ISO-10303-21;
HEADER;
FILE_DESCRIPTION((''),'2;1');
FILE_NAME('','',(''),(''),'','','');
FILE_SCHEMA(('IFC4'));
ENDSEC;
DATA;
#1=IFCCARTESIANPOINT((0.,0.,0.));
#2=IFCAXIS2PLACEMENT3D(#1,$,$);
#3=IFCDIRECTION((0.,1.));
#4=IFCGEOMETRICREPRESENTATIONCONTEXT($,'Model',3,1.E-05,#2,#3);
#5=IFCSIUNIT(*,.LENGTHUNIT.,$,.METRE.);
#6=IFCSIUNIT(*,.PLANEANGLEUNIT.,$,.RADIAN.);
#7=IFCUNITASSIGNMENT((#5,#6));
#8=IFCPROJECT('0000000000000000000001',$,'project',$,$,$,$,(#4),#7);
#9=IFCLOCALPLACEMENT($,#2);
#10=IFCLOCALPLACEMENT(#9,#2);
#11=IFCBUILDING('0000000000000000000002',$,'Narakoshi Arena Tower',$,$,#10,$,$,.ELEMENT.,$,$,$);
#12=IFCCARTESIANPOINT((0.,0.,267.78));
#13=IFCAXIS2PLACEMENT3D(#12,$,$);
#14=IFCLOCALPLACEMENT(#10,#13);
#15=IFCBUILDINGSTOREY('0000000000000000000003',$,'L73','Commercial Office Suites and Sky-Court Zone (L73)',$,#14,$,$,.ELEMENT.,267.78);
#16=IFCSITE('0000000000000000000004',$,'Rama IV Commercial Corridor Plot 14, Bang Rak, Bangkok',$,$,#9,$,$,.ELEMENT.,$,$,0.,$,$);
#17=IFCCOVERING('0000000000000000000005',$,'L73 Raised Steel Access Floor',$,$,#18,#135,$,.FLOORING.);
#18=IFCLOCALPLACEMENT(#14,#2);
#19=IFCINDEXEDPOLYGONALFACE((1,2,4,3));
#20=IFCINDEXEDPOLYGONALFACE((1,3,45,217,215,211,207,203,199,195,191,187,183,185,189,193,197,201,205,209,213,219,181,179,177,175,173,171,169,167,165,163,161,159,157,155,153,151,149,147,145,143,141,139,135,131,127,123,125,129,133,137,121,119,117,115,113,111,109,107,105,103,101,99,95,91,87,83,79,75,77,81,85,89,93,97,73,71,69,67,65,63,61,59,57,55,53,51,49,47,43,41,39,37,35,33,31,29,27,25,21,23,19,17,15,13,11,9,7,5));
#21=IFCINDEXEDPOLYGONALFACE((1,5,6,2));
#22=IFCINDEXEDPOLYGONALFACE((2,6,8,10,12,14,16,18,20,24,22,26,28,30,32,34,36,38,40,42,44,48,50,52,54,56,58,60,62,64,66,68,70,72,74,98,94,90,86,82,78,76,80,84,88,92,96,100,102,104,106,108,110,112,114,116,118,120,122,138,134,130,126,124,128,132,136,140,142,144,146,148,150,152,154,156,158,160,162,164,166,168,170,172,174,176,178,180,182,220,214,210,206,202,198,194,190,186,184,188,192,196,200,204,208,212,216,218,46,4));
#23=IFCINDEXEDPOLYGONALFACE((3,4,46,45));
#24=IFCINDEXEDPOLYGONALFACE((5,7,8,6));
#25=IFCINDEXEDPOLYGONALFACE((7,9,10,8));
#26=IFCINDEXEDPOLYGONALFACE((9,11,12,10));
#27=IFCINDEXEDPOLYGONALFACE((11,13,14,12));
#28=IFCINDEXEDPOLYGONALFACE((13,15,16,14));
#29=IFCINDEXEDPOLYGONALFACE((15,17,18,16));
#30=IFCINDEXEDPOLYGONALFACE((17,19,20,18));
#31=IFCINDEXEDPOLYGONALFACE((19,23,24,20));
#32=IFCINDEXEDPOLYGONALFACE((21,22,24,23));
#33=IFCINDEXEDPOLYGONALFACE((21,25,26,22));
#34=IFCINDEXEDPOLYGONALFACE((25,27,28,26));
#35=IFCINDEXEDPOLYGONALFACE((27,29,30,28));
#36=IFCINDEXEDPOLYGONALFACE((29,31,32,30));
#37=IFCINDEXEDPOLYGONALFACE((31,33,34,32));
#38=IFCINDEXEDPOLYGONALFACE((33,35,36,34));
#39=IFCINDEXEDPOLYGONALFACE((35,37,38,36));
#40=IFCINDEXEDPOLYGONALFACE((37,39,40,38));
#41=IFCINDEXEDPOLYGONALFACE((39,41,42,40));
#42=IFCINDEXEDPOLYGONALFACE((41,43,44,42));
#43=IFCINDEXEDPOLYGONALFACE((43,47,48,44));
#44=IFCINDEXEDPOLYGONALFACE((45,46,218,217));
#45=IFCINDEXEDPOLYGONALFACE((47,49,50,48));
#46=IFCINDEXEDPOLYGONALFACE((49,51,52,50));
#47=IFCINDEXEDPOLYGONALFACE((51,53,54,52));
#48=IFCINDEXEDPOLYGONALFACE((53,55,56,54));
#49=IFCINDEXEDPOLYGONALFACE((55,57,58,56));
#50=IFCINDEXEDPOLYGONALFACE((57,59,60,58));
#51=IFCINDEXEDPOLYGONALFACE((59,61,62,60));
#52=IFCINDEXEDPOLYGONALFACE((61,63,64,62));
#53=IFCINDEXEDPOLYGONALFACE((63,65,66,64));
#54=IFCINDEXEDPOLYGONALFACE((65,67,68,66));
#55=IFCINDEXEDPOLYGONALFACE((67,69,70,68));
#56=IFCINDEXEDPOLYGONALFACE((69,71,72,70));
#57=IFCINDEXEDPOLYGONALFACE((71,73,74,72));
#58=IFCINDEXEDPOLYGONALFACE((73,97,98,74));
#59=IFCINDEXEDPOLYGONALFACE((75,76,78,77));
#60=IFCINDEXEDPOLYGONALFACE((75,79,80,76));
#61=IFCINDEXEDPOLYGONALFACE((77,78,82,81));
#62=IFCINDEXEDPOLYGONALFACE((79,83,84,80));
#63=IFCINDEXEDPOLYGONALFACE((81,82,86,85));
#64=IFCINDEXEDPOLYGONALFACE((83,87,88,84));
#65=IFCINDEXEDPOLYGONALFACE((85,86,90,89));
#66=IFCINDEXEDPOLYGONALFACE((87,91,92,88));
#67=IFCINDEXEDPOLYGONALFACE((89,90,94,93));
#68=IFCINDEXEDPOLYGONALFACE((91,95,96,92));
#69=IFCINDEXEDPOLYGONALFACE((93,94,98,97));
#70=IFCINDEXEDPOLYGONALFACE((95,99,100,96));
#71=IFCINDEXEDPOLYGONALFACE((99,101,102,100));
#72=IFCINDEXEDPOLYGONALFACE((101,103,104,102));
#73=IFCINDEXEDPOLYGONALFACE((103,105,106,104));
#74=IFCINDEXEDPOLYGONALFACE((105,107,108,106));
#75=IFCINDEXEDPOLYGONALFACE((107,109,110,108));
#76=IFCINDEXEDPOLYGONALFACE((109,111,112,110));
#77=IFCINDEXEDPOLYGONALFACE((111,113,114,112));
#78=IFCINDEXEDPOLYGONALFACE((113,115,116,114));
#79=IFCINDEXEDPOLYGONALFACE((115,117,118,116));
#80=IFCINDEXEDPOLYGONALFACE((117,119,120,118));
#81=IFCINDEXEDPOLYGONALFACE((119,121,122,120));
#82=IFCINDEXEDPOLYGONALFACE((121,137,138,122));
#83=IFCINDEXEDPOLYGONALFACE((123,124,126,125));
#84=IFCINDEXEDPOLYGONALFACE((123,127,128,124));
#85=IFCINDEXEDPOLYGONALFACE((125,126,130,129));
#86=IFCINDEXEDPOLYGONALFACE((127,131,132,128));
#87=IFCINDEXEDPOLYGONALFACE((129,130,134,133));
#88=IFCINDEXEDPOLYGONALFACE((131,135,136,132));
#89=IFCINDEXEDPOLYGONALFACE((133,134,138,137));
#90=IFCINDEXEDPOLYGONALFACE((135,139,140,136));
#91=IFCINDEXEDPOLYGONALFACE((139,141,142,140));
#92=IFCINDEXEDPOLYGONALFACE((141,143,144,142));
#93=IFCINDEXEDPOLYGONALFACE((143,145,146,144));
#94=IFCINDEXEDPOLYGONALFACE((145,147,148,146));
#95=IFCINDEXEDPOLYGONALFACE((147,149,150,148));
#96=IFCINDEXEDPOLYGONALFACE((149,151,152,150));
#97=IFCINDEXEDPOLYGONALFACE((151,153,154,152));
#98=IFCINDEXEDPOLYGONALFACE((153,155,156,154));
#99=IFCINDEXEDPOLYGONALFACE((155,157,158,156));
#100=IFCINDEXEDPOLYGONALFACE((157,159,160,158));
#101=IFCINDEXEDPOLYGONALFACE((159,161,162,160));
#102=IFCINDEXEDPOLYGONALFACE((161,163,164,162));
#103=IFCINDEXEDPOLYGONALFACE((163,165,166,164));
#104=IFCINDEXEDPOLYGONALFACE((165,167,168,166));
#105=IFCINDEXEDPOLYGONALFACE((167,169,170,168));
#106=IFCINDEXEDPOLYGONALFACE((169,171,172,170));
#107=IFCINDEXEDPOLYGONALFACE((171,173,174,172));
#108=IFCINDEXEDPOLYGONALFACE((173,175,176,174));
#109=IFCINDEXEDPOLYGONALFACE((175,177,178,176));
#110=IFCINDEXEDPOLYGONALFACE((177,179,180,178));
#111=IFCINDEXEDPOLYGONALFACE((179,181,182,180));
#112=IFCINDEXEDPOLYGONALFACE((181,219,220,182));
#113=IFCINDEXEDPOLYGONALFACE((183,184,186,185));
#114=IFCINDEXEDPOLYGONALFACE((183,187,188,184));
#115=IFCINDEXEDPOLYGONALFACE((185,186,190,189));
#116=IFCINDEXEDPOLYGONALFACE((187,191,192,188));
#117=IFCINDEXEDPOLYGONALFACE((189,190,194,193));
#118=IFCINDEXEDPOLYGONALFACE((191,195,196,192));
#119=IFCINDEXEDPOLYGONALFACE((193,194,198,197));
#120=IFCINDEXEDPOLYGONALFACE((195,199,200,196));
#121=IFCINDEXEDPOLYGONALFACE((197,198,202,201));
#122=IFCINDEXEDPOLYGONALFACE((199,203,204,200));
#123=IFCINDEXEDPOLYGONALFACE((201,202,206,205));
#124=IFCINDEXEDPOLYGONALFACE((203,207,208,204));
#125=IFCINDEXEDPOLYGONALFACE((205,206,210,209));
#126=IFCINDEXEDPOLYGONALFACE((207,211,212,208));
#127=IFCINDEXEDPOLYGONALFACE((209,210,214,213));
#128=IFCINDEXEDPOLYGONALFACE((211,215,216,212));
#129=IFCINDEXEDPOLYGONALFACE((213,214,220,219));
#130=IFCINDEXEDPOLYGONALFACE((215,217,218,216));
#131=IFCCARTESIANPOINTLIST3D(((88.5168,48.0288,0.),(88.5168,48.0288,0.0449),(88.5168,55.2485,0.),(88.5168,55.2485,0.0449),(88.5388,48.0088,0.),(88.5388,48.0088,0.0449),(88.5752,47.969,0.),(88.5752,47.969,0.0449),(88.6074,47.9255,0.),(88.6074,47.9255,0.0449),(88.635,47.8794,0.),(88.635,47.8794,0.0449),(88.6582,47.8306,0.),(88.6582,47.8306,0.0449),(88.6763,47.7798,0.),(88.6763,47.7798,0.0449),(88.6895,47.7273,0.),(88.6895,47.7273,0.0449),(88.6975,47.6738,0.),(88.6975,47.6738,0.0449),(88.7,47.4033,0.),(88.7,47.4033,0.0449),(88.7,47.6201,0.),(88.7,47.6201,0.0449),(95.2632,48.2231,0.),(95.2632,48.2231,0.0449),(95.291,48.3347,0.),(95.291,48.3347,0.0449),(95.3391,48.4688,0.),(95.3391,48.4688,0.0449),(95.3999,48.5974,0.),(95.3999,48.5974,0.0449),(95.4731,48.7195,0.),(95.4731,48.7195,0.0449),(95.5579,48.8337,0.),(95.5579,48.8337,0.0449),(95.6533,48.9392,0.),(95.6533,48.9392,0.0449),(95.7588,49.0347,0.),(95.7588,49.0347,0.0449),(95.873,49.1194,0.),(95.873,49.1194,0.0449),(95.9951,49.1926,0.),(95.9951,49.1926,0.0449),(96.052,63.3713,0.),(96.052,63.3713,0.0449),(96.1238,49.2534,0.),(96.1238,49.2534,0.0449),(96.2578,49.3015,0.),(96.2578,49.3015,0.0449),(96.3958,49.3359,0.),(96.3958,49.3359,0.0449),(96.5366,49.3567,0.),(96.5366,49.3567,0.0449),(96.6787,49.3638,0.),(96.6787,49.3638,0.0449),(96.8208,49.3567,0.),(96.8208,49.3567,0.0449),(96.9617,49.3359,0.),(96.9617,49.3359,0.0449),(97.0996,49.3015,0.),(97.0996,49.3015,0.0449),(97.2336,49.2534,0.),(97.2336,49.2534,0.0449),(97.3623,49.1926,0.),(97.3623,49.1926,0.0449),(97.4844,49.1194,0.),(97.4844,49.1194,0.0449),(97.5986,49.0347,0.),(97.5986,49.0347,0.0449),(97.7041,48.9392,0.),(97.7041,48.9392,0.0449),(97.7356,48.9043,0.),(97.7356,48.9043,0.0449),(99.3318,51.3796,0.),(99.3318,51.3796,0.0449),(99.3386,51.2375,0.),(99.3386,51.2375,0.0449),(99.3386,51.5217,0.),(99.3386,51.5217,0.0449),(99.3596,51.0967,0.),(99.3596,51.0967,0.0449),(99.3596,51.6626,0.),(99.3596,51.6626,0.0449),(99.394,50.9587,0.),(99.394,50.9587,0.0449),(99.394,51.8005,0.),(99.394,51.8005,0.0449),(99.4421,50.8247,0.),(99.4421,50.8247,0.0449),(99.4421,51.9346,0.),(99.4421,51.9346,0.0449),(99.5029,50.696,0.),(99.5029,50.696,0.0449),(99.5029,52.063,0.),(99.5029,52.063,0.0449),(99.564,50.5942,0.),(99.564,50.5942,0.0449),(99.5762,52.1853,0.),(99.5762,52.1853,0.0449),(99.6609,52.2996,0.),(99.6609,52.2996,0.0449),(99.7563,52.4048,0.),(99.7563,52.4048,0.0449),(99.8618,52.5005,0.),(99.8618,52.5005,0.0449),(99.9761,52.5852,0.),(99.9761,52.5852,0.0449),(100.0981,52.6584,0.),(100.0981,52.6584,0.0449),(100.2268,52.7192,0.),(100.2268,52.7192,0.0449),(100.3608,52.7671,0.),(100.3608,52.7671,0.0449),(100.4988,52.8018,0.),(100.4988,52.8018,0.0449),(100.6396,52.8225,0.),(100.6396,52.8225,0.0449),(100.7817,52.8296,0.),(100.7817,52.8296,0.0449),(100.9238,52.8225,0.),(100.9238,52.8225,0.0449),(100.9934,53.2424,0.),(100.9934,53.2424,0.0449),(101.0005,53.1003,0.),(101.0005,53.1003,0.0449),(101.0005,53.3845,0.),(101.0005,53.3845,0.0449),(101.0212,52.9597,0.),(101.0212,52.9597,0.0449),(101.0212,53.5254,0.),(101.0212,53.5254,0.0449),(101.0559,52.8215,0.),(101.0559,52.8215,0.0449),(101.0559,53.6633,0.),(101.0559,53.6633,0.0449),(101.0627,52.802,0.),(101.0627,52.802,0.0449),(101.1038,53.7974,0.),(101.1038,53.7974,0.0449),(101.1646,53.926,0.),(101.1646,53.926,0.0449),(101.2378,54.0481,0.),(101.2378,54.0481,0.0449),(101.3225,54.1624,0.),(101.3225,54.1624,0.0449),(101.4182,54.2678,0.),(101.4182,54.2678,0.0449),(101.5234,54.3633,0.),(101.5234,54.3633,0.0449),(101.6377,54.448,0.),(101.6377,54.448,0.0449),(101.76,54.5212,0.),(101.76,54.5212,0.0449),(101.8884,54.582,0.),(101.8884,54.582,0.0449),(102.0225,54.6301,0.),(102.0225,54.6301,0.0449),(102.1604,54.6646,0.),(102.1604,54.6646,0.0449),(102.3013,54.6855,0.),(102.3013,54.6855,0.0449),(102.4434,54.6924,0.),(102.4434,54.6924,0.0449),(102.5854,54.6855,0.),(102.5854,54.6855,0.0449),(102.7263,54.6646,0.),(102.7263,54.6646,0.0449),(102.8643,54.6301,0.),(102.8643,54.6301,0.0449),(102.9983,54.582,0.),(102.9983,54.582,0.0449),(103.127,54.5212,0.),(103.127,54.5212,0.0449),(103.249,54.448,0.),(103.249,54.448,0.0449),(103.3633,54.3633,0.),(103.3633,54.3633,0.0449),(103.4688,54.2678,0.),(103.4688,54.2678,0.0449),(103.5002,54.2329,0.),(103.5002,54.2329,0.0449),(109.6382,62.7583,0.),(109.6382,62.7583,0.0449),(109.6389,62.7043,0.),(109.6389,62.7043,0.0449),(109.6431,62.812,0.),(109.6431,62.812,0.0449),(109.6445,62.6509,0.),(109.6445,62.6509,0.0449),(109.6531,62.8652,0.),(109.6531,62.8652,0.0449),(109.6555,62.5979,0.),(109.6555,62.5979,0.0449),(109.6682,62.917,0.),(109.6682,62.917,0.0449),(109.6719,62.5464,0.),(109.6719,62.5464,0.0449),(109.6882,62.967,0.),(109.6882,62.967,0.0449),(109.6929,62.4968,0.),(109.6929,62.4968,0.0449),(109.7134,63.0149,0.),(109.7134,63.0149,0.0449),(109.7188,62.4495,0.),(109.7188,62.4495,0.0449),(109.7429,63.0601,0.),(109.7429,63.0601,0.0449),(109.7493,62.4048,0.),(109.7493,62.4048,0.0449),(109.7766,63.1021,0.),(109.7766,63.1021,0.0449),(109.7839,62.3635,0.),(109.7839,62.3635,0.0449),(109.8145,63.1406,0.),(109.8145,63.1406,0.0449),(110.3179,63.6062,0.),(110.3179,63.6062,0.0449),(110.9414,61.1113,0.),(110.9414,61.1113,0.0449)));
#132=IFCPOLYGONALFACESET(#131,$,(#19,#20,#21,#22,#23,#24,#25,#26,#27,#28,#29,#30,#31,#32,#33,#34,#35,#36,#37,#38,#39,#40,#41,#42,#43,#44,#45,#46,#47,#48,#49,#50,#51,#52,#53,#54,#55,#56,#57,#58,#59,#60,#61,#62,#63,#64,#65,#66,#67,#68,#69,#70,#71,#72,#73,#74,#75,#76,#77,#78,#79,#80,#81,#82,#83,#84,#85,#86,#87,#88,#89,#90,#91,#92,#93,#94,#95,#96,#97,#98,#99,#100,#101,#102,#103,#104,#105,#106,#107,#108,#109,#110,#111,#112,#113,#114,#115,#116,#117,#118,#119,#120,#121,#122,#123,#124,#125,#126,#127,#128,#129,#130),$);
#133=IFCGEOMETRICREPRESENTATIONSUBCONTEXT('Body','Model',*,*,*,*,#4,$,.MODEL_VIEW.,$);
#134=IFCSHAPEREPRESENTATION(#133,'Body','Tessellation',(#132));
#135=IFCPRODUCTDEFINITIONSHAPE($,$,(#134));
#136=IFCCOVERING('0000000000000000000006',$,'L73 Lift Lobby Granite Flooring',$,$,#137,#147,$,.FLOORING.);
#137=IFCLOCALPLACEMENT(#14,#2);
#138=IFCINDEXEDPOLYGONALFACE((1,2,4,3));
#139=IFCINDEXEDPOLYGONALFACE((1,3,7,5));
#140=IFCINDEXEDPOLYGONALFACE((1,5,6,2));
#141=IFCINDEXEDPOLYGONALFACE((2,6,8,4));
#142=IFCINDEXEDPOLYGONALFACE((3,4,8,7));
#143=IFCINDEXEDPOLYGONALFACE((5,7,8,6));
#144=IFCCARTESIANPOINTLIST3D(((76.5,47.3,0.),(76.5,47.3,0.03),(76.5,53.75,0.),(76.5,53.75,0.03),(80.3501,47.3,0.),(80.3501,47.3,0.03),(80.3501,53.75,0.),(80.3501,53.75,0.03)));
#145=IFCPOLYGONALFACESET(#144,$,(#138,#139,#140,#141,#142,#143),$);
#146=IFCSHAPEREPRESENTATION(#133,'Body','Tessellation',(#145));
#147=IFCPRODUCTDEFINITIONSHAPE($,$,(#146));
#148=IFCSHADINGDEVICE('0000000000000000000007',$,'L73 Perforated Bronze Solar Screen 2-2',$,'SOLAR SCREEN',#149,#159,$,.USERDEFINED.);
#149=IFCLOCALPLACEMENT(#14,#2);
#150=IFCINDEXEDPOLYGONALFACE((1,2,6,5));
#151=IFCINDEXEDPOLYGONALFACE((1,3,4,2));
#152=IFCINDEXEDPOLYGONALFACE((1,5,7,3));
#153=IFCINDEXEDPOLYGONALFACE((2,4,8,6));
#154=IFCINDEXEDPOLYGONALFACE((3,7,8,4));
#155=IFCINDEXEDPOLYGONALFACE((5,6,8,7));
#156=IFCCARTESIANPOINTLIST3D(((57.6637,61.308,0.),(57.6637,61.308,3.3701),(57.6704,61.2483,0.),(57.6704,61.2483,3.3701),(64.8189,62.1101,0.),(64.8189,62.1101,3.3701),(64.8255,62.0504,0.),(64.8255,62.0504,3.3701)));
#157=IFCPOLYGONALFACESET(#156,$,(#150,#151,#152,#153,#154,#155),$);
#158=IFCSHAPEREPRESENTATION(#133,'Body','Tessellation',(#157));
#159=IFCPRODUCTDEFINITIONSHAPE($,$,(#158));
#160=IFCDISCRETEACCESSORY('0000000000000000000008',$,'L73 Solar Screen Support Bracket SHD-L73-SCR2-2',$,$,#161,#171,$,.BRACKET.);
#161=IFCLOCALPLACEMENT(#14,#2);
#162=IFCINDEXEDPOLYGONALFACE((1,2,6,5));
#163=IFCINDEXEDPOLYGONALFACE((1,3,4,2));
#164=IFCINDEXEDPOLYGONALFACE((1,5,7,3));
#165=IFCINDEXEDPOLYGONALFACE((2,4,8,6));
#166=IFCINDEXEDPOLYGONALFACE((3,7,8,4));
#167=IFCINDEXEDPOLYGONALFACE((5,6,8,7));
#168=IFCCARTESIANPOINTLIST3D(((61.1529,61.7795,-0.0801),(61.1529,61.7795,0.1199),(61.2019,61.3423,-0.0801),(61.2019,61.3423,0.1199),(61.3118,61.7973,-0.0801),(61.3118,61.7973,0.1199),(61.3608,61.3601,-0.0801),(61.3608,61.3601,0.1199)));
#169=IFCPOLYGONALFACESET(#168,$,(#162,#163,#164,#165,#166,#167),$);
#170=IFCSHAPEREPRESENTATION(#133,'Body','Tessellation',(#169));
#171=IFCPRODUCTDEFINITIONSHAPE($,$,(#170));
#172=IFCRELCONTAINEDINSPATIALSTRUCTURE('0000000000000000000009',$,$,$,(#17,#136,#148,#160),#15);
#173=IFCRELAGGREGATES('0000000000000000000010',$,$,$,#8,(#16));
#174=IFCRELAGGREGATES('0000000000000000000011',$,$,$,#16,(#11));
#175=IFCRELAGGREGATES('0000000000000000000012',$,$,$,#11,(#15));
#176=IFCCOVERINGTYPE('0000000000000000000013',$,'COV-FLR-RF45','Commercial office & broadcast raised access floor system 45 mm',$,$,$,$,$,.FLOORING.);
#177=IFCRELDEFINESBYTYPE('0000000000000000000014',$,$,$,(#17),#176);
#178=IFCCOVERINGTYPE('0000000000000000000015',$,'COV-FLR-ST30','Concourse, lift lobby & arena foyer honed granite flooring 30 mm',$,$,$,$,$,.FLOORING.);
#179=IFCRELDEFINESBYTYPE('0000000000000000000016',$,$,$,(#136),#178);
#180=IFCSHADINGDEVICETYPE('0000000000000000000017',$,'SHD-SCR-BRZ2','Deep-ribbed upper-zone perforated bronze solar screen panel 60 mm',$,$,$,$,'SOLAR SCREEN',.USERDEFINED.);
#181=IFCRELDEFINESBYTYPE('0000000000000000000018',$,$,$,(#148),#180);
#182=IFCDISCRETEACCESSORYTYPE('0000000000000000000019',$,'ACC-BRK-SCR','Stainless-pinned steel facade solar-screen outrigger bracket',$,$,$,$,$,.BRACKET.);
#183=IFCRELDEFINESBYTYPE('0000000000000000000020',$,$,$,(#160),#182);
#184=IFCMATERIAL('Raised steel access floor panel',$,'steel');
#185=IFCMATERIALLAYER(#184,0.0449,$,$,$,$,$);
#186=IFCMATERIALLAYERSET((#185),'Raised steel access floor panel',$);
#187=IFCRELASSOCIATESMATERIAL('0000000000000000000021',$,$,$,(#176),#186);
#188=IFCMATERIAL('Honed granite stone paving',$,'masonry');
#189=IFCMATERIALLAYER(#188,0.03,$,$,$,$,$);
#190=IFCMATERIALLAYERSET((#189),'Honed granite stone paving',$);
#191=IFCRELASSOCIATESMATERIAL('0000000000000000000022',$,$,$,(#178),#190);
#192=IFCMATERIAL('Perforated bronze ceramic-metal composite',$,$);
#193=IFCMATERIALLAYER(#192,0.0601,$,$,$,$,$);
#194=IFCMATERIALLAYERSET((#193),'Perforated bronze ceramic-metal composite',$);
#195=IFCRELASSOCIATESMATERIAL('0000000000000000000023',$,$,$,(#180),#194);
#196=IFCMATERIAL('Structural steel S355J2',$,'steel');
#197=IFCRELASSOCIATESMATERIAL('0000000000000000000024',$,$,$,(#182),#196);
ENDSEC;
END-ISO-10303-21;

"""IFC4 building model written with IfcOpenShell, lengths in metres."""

from ifc_helpers import new_model, si_unit, direction, frame, origin, origin_2d, place, context, subcontext, project, spatial, polyline, rectangle, outline, extrude, material, layer, layer_set, type_object, element, save


model = new_model("IFC4")

# Units and contexts
model_context = context("Model", 3, precision=1e-05, world=origin(), true_north=direction((0.0, 1.0)))
body_context = subcontext(model_context, "Body", "Model", "MODEL_VIEW")
ifc_project = project(units=[si_unit("LENGTHUNIT", "METRE"), si_unit("PLANEANGLEUNIT", "RADIAN")], contexts=[model_context])

# Site, building, storey
site_placement = place(None, origin())
site = spatial("IfcSite", under=ifc_project, at=site_placement, Name="Rama IV Commercial Corridor Plot 14, Bang Rak, Bangkok", CompositionType="ELEMENT", RefElevation=0.0)
building_placement = place(site_placement, origin())
building = spatial("IfcBuilding", under=site, at=building_placement, Name="Narakoshi Arena Tower", CompositionType="ELEMENT")
storey_placement = place(building_placement, frame((0.0, 0.0, 267.78)))
storey = spatial("IfcBuildingStorey", under=building, at=storey_placement, Name="L73", Description="Commercial Office Suites and Sky-Court Zone (L73)", CompositionType="ELEMENT", Elevation=267.78)

# Shared definitions
ifc_material_1 = material(Name="Structural steel S355J2", Category="steel")

# Coverings
ifc_material_2 = material(Name="Raised steel access floor panel", Category="steel")
ifc_layer_1 = layer(ifc_material_2, 0.0449)
ifc_layer_set_1 = layer_set([ifc_layer_1], Name="Raised steel access floor panel")
covering_type_1 = type_object("IfcCoveringType", Name="COV-FLR-RF45", Description="Commercial office & broadcast raised access floor system 45 mm", PredefinedType="FLOORING", material=ifc_layer_set_1)
covering_1_placement = place(storey_placement, origin())
element("IfcCovering", 1, at=covering_1_placement, inside=storey, type_object=covering_type_1, Name="L73 Raised Steel Access Floor", PredefinedType="FLOORING", context=body_context, shape_type="SweptSolid", body=[
    extrude(outline(polyline([(88.5168, 55.2485), (96.052, 63.3713), (110.3179, 63.6062), (109.8145, 63.1406), (109.7766, 63.1021), (109.7429, 63.0601), (109.7134, 63.0149), (109.6882, 62.967), (109.6682, 62.917), (109.6531, 62.8652), (109.6431, 62.812), (109.6382, 62.7583), (109.6389, 62.7043), (109.6445, 62.6509), (109.6555, 62.5979), (109.6719, 62.5464), (109.6929, 62.4968), (109.7188, 62.4495), (109.7493, 62.4048), (109.7839, 62.3635), (110.9414, 61.1113), (103.5002, 54.2329), (103.4688, 54.2678), (103.3633, 54.3633), (103.249, 54.448), (103.127, 54.5212), (102.9983, 54.582), (102.8643, 54.6301), (102.7263, 54.6646), (102.5854, 54.6855), (102.4434, 54.6924), (102.3013, 54.6855), (102.1604, 54.6646), (102.0225, 54.6301), (101.8884, 54.582), (101.76, 54.5212), (101.6377, 54.448), (101.5234, 54.3633), (101.4182, 54.2678), (101.3225, 54.1624), (101.2378, 54.0481), (101.1646, 53.926), (101.1038, 53.7974), (101.0559, 53.6633), (101.0212, 53.5254), (101.0005, 53.3845), (100.9934, 53.2424), (101.0005, 53.1003), (101.0212, 52.9597), (101.0559, 52.8215), (101.0627, 52.802), (100.9238, 52.8225), (100.7817, 52.8296), (100.6396, 52.8225), (100.4988, 52.8018), (100.3608, 52.7671), (100.2268, 52.7192), (100.0981, 52.6584), (99.9761, 52.5852), (99.8618, 52.5005), (99.7563, 52.4048), (99.6609, 52.2996), (99.5762, 52.1853), (99.5029, 52.063), (99.4421, 51.9346), (99.394, 51.8005), (99.3596, 51.6626), (99.3386, 51.5217), (99.3318, 51.3796), (99.3386, 51.2375), (99.3596, 51.0967), (99.394, 50.9587), (99.4421, 50.8247), (99.5029, 50.696), (99.564, 50.5942), (97.7356, 48.9043), (97.7041, 48.9392), (97.5986, 49.0347), (97.4844, 49.1194), (97.3623, 49.1926), (97.2336, 49.2534), (97.0996, 49.3015), (96.9617, 49.3359), (96.8208, 49.3567), (96.6787, 49.3638), (96.5366, 49.3567), (96.3958, 49.3359), (96.2578, 49.3015), (96.1238, 49.2534), (95.9951, 49.1926), (95.873, 49.1194), (95.7588, 49.0347), (95.6533, 48.9392), (95.5579, 48.8337), (95.4731, 48.7195), (95.3999, 48.5974), (95.3391, 48.4688), (95.291, 48.3347), (95.2632, 48.2231), (88.7, 47.4033), (88.7, 47.6201), (88.6975, 47.6738), (88.6895, 47.7273), (88.6763, 47.7798), (88.6582, 47.8306), (88.635, 47.8794), (88.6074, 47.9255), (88.5752, 47.969), (88.5388, 48.0088), (88.5168, 48.0288), (88.5168, 55.2485)])), origin(), (0.0, 0.0, 1.0), 0.0449),
])
ifc_material_3 = material(Name="Honed granite stone paving", Category="masonry")
ifc_layer_2 = layer(ifc_material_3, 0.03)
ifc_layer_set_2 = layer_set([ifc_layer_2], Name="Honed granite stone paving")
covering_type_2 = type_object("IfcCoveringType", Name="COV-FLR-ST30", Description="Concourse, lift lobby & arena foyer honed granite flooring 30 mm", PredefinedType="FLOORING", material=ifc_layer_set_2)
covering_2_placement = place(storey_placement, origin())
element("IfcCovering", 2, at=covering_2_placement, inside=storey, type_object=covering_type_2, Name="L73 Lift Lobby Granite Flooring", PredefinedType="FLOORING", context=body_context, shape_type="SweptSolid", body=[
    extrude(outline(polyline([(76.5, 47.3), (80.3501, 47.3), (80.3501, 53.75), (76.5, 53.75), (76.5, 47.3)])), origin(), (0.0, 0.0, 1.0), 0.03),
])

# Shading device
ifc_material_4 = material(Name="Perforated bronze ceramic-metal composite")
ifc_layer_3 = layer(ifc_material_4, 0.0601)
ifc_layer_set_3 = layer_set([ifc_layer_3], Name="Perforated bronze ceramic-metal composite")
shading_device_type = type_object("IfcShadingDeviceType", Name="SHD-SCR-BRZ2", Description="Deep-ribbed upper-zone perforated bronze solar screen panel 60 mm", ElementType="SOLAR SCREEN", PredefinedType="USERDEFINED", material=ifc_layer_set_3)
shading_device_placement = place(storey_placement, frame((61.2446, 61.6792, 0.0), z_axis=(0.0, 0.0, 1.0), x_axis=(-0.993776, -0.1114, 0.0)))
element("IfcShadingDevice", 3, at=shading_device_placement, inside=storey, type_object=shading_device_type, Name="L73 Perforated Bronze Solar Screen 2-2", ObjectType="SOLAR SCREEN", PredefinedType="USERDEFINED", context=body_context, shape_type="SweptSolid", body=[
    extrude(rectangle(XDim=7.2, YDim=0.0601, at=origin_2d()), origin(), (0.0, 0.0, 1.0), 3.3701),
])

# Discrete accessory
discrete_accessory_type = type_object("IfcDiscreteAccessoryType", Name="ACC-BRK-SCR", Description="Stainless-pinned steel facade solar-screen outrigger bracket", PredefinedType="BRACKET", material=ifc_material_1)
discrete_accessory_placement = place(storey_placement, frame((61.2568, 61.5698, -0.0801), z_axis=(0.0, 0.0, 1.0), x_axis=(-0.993776, -0.1114, 0.0)))
element("IfcDiscreteAccessory", 4, at=discrete_accessory_placement, inside=storey, type_object=discrete_accessory_type, Name="L73 Solar Screen Support Bracket SHD-L73-SCR2-2", PredefinedType="BRACKET", context=body_context, shape_type="SweptSolid", body=[
    extrude(rectangle(XDim=0.1599, YDim=0.4399, at=origin_2d()), origin(), (0.0, 0.0, 1.0), 0.2),
])

save(model, "model.ifc")
